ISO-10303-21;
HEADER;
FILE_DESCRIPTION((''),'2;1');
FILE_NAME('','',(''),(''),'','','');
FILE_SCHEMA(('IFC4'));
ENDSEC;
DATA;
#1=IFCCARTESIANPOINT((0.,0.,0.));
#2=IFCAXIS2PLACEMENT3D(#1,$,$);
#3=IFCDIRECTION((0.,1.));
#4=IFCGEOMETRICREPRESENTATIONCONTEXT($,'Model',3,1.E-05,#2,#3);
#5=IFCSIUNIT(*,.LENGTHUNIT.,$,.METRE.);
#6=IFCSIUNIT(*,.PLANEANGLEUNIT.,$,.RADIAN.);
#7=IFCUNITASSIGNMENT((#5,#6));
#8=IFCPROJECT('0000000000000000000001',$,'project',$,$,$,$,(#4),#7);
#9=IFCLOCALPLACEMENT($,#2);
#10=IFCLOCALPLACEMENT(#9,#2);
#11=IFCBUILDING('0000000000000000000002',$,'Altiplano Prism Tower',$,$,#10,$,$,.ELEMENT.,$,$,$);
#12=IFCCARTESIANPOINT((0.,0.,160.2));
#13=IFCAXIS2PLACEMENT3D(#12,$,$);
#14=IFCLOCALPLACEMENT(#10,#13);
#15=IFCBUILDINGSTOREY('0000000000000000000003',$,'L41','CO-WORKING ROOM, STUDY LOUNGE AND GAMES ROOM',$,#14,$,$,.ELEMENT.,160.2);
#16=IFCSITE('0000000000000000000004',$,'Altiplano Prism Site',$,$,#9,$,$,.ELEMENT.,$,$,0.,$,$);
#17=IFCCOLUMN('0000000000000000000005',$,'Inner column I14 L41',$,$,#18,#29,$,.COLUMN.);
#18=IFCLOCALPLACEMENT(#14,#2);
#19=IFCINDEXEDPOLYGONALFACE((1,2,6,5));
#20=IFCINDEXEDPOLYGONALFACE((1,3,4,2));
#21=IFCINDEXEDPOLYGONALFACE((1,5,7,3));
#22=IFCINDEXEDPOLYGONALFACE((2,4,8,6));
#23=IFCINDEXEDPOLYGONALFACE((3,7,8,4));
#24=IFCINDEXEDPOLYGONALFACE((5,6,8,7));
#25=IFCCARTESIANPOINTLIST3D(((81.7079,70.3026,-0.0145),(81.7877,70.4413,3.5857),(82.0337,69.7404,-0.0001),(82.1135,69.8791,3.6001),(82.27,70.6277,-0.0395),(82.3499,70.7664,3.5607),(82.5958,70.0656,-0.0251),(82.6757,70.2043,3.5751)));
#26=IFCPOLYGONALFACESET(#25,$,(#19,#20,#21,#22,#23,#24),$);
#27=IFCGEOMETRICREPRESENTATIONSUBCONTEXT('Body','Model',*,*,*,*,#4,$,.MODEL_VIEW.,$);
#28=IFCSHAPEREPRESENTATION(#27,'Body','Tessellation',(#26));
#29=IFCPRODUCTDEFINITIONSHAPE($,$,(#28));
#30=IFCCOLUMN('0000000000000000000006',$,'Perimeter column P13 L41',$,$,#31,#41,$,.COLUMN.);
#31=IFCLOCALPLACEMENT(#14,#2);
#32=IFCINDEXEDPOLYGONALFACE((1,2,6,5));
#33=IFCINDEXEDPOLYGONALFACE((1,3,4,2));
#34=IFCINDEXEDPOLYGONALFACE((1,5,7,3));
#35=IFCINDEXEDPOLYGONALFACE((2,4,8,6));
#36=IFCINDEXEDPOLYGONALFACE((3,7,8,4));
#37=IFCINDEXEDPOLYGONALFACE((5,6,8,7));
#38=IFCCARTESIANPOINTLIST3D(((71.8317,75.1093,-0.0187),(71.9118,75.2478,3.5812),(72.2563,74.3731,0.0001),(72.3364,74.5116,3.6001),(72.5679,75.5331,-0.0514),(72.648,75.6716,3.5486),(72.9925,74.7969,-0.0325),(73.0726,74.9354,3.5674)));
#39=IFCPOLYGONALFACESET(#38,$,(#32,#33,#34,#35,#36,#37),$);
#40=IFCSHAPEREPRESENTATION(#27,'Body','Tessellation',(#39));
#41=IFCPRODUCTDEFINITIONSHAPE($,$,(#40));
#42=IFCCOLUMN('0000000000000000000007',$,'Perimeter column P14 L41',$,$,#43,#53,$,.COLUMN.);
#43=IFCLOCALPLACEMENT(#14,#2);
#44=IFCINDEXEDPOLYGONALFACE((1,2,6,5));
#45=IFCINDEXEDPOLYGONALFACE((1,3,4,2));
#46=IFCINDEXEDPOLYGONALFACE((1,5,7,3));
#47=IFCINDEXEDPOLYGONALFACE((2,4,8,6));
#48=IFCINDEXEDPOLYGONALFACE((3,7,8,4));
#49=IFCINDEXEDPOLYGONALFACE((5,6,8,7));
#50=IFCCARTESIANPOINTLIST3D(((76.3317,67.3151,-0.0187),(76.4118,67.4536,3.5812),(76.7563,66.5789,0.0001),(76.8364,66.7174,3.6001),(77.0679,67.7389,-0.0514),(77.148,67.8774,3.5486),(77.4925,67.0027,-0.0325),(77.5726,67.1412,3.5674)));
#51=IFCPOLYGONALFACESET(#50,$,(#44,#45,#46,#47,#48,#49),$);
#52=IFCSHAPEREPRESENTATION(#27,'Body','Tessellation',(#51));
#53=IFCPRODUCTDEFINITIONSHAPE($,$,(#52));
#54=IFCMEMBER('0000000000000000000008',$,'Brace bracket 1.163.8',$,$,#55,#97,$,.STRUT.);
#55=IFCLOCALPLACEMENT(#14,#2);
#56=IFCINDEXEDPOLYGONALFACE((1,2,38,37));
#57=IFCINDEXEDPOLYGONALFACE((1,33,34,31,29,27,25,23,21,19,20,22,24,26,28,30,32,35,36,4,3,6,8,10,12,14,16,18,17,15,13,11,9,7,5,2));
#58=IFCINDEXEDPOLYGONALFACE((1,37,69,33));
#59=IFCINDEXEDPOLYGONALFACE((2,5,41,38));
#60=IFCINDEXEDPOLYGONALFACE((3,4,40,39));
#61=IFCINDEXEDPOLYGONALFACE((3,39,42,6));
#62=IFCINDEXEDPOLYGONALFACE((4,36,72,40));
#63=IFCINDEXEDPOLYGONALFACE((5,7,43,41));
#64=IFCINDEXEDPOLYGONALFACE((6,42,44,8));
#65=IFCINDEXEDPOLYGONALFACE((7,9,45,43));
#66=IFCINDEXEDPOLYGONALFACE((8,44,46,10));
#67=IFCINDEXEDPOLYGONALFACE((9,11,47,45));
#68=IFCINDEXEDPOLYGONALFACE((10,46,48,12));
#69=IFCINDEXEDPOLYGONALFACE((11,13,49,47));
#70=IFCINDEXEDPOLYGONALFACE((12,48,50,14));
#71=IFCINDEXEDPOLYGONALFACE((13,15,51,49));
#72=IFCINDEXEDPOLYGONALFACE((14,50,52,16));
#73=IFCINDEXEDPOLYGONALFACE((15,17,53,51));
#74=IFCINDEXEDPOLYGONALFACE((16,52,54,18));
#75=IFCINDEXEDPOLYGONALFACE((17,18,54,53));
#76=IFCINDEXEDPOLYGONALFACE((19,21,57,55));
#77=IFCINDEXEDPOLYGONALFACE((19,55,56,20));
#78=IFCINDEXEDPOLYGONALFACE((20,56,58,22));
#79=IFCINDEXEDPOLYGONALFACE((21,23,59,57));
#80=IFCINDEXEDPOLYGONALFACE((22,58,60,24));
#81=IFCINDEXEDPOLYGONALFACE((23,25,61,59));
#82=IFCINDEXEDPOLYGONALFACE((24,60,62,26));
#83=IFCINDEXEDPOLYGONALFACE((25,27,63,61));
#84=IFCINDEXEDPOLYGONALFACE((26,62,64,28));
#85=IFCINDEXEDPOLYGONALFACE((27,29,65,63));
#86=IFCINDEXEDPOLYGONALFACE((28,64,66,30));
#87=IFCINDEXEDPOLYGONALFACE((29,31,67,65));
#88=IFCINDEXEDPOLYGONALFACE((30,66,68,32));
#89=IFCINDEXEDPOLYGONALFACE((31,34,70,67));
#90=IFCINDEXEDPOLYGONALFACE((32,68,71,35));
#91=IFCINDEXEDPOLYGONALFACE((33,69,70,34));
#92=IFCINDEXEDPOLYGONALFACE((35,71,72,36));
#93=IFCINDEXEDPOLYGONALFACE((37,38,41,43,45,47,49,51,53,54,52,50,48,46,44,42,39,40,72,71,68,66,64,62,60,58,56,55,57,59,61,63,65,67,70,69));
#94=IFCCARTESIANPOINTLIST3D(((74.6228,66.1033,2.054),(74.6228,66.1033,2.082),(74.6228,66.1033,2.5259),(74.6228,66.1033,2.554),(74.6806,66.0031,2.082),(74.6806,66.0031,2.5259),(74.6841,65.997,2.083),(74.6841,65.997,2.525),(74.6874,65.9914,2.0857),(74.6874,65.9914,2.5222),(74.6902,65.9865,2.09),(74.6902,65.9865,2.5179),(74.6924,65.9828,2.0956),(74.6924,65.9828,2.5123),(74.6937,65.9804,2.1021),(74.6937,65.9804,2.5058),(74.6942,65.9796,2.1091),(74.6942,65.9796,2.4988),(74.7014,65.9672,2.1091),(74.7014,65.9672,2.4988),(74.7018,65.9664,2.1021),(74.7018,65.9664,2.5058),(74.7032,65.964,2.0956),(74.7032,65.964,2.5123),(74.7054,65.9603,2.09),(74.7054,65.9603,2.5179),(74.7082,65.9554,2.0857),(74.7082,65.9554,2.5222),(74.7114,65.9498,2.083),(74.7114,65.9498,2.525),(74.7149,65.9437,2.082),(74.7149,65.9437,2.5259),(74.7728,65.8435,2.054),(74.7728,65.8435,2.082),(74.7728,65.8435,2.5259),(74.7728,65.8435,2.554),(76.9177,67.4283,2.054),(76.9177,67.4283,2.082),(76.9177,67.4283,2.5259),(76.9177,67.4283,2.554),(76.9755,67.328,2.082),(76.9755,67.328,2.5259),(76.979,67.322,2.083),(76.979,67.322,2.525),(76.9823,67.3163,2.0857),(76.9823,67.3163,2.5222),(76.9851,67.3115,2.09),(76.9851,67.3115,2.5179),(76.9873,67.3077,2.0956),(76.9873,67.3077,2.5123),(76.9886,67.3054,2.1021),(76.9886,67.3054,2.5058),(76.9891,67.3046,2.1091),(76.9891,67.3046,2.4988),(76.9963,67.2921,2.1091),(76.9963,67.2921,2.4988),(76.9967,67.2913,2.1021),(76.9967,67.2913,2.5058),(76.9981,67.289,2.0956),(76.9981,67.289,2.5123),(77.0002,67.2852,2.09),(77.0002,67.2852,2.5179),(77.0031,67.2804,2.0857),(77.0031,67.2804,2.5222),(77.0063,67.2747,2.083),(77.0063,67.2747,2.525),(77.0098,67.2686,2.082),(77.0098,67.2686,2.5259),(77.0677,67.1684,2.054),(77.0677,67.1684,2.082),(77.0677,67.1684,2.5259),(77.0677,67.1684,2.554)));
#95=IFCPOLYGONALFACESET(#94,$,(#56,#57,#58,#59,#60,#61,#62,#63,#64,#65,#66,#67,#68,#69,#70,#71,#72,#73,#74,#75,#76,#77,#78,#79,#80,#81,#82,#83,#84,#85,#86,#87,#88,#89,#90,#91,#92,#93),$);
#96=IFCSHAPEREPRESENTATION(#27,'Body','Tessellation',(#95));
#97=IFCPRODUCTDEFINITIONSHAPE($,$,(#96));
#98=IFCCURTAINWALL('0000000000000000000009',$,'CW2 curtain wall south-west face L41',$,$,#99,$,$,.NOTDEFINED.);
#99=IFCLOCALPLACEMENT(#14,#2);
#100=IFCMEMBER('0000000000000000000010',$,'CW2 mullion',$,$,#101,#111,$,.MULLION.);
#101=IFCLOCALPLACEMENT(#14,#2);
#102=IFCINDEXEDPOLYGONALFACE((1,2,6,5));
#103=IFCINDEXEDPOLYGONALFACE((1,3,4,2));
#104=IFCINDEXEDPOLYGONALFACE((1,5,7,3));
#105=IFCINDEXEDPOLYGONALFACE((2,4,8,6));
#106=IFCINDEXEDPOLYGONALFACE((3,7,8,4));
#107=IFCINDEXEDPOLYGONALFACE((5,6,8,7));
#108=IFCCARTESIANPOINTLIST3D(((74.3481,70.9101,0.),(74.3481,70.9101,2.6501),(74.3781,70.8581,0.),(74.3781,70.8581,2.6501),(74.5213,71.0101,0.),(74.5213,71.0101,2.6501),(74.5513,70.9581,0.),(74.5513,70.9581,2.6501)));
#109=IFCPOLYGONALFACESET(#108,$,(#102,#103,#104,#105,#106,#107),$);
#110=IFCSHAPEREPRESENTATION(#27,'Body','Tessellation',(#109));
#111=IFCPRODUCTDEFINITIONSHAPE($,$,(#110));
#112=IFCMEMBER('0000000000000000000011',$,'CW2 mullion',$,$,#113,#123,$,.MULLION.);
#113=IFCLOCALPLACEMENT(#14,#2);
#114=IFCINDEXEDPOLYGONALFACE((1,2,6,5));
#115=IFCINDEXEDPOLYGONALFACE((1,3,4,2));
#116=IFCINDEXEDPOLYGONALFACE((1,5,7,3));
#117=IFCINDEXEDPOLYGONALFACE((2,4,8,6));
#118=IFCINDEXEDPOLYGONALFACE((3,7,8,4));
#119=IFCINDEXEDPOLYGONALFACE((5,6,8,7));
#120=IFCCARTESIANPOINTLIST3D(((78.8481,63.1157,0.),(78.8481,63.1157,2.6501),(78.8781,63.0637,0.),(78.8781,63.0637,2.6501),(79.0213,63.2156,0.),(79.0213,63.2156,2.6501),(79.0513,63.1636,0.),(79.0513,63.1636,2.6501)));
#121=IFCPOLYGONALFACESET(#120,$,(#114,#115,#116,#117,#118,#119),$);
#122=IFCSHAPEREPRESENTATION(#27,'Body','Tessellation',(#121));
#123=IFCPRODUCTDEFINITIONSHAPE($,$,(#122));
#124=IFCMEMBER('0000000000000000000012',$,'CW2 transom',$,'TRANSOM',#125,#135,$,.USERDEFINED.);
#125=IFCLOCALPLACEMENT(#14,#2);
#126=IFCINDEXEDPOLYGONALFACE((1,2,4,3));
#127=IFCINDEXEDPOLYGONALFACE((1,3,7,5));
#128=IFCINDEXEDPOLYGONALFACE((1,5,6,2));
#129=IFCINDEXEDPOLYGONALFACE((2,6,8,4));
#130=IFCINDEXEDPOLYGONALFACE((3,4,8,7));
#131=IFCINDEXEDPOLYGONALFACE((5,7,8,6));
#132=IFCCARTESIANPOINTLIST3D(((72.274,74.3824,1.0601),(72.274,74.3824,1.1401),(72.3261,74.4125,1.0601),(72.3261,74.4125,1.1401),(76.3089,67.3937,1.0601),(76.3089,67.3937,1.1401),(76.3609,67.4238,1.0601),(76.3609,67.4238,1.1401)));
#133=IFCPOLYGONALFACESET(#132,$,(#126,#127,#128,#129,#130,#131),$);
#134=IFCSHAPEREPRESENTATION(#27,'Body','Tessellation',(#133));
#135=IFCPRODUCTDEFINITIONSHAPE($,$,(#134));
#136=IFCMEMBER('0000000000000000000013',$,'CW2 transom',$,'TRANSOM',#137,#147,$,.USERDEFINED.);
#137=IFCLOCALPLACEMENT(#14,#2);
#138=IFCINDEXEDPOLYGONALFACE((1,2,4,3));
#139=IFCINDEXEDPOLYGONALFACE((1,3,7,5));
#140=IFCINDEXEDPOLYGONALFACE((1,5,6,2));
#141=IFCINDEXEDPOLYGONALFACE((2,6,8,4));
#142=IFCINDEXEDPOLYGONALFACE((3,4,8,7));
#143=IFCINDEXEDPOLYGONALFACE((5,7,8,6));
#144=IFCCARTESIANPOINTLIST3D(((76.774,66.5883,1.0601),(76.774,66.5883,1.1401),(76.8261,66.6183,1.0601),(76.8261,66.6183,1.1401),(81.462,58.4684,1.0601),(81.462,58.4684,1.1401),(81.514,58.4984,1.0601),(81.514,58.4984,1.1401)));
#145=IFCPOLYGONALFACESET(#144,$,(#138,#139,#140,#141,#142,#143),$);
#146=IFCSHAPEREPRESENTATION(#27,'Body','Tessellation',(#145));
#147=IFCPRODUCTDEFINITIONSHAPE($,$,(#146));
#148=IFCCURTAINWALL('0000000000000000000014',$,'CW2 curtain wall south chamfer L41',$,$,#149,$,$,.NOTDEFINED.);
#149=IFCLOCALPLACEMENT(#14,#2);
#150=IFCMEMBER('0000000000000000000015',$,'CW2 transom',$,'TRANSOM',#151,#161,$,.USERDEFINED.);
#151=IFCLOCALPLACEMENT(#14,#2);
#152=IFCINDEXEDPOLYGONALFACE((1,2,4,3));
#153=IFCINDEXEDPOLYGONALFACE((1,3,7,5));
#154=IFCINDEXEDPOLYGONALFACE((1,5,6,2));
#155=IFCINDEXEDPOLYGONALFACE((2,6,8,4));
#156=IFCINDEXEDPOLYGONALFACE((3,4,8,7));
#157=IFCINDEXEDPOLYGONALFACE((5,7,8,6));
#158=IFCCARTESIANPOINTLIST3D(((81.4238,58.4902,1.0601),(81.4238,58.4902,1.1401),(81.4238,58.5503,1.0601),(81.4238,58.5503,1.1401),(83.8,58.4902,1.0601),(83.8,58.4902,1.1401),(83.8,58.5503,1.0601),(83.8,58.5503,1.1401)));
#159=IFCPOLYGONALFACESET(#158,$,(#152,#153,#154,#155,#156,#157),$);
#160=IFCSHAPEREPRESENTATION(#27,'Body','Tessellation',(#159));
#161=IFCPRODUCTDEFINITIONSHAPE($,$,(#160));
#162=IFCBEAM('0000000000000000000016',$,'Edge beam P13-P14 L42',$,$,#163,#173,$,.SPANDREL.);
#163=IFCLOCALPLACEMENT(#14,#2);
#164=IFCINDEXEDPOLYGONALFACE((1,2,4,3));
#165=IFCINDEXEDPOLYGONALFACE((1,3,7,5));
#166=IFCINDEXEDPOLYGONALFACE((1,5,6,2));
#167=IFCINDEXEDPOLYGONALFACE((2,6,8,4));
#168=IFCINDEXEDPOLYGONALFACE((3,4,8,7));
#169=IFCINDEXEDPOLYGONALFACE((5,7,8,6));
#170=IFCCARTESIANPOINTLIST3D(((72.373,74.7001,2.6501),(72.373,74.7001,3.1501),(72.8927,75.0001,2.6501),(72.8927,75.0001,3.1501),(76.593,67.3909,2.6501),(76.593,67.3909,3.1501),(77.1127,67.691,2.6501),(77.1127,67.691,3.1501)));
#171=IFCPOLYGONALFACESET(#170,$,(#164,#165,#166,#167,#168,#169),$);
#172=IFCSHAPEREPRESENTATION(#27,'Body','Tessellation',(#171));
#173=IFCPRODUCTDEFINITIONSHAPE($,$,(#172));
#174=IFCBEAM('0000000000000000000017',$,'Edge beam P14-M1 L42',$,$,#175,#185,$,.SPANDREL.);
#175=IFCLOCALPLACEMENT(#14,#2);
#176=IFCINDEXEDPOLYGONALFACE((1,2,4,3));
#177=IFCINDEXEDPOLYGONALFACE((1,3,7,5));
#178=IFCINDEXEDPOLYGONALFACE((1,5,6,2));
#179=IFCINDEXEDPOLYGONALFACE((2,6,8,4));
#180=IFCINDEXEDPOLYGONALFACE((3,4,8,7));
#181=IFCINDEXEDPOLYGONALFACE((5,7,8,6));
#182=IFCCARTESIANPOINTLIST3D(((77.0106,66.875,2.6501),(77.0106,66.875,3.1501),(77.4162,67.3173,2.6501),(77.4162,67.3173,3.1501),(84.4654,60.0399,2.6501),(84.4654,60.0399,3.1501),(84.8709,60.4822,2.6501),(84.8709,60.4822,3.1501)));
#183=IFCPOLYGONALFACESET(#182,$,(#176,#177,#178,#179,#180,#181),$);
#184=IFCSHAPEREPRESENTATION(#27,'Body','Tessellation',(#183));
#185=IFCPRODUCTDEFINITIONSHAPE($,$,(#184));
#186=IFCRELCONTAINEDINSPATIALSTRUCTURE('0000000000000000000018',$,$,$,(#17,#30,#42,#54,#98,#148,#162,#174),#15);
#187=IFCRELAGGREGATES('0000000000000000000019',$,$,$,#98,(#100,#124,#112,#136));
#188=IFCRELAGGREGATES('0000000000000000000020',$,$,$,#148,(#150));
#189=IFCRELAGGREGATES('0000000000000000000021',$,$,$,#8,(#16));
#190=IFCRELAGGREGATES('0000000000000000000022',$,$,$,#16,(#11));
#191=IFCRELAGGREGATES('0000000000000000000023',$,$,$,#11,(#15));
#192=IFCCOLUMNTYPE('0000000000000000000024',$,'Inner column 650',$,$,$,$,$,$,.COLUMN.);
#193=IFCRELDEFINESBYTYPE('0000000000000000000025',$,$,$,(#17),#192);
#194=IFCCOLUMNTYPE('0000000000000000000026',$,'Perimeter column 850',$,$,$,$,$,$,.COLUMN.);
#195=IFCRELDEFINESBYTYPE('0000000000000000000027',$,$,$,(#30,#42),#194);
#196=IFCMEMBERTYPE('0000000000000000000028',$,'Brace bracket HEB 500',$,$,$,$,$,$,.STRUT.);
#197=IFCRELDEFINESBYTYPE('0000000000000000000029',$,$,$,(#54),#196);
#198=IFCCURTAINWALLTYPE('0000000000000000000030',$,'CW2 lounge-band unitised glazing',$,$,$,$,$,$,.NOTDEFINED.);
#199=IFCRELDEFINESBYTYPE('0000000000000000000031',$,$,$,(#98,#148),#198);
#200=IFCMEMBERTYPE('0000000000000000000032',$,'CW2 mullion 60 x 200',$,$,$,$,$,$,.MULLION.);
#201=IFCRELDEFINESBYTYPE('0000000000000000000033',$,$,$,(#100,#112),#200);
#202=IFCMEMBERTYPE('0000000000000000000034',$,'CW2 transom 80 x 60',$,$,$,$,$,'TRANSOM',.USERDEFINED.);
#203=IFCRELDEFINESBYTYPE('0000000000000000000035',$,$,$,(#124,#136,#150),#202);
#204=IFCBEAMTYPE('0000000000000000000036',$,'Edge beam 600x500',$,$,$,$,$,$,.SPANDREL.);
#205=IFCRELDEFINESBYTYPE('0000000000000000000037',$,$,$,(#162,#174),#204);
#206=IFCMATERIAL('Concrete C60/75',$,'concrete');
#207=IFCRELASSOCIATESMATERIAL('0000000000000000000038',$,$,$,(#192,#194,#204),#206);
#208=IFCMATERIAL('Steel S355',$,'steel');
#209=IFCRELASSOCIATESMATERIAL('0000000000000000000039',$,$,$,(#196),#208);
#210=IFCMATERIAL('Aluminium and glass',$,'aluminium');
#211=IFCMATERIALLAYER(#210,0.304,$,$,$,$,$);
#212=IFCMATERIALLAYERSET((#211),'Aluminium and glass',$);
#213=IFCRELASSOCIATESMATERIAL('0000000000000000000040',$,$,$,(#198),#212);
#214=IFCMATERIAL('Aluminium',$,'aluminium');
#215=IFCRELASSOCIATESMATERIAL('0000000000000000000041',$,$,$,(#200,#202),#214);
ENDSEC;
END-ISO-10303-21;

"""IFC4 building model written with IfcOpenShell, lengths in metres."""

from ifc_helpers import new_model, si_unit, direction, frame, origin, origin_2d, place, context, subcontext, project, spatial, rectangle, i_section, extrude, material, layer, layer_set, material_profile, profile_set, type_object, element, aggregate, save


model = new_model("IFC4")

# Units and contexts
model_context = context("Model", 3, precision=1e-05, world=origin(), true_north=direction((0.0, 1.0)))
body_context = subcontext(model_context, "Body", "Model", "MODEL_VIEW")
ifc_project = project(units=[si_unit("LENGTHUNIT", "METRE"), si_unit("PLANEANGLEUNIT", "RADIAN")], contexts=[model_context])

# Site, building, storey
site_placement = place(None, origin())
site = spatial("IfcSite", under=ifc_project, at=site_placement, Name="Altiplano Prism Site", CompositionType="ELEMENT", RefElevation=0.0)
building_placement = place(site_placement, origin())
building = spatial("IfcBuilding", under=site, at=building_placement, Name="Altiplano Prism Tower", CompositionType="ELEMENT")
storey_placement = place(building_placement, frame((0.0, 0.0, 160.2)))
storey = spatial("IfcBuildingStorey", under=building, at=storey_placement, Name="L41", Description="CO-WORKING ROOM, STUDY LOUNGE AND GAMES ROOM", CompositionType="ELEMENT", Elevation=160.2)

# Columns
ifc_material_1 = material(Name="Concrete C60/75", Category="concrete")
ifc_material_profile_1 = material_profile(ifc_material_1, rectangle(XDim=0.6499, YDim=0.6499, at=origin_2d()), Name="Inner column 650")
ifc_profile_set_1 = profile_set([ifc_material_profile_1], Name="Concrete C60/75")
column_type_1 = type_object("IfcColumnType", Name="Inner column 650", PredefinedType="COLUMN", material=ifc_profile_set_1)
column_placement = place(storey_placement, frame((82.1519, 70.1841, -0.0198), z_axis=(0.022154, 0.038481, 0.999014), x_axis=(-0.864982, -0.500327, 0.038453)))
element("IfcColumn", 1, at=column_placement, inside=storey, type_object=column_type_1, Name="Inner column I14 L41", PredefinedType="COLUMN", context=body_context, shape_type="SweptSolid", body=[
    extrude(rectangle(XDim=0.6499, YDim=0.6499, at=origin_2d()), origin(), (0.0, 0.0, 1.0), 3.6038),
])
ifc_material_profile_2 = material_profile(ifc_material_1, rectangle(XDim=0.8501, YDim=0.8501, at=origin_2d()), Name="Perimeter column 850")
ifc_profile_set_2 = profile_set([ifc_material_profile_2], Name="Concrete C60/75")
column_type_2 = type_object("IfcColumnType", Name="Perimeter column 850", PredefinedType="COLUMN", material=ifc_profile_set_2)
for number, where, z_axis, x_axis, name in (
    (2, (72.4121, 74.9531, -0.0256), (0.022223, 0.038416, 0.999015), (-0.866024, -0.498523, 0.038435), "Perimeter column P13 L41"),
    (3, (76.9121, 67.1589, -0.0256), (0.022223, 0.038416, 0.999015), (-0.866024, -0.498523, 0.038435), "Perimeter column P14 L41"),
):
    element("IfcColumn", number, at=place(storey_placement, frame(where, z_axis=z_axis, x_axis=x_axis)), inside=storey, type_object=column_type_2, Name=name, PredefinedType="COLUMN", context=body_context, shape_type="SweptSolid", body=[
        extrude(rectangle(XDim=0.8501, YDim=0.8501, at=origin_2d()), origin(), (0.0, 0.0, 1.0), 3.6035),
    ])

# Member
ifc_material_2 = material(Name="Steel S355", Category="steel")
ifc_material_profile_3 = material_profile(ifc_material_2, i_section(OverallWidth=0.3, OverallDepth=0.5, WebThickness=0.0144, FlangeThickness=0.0281, FilletRadius=0.0271, at=origin_2d()), Name="Brace bracket HEB 500")
ifc_profile_set_3 = profile_set([ifc_material_profile_3], Name="Steel S355")
member_type_1 = type_object("IfcMemberType", Name="Brace bracket HEB 500", PredefinedType="STRUT", material=ifc_profile_set_3)
member_1_placement = place(storey_placement, frame((76.9927, 67.2983, 2.304), z_axis=(-0.866029, -0.499994, 0.0), x_axis=(0.499994, -0.866029, 0.0)))
element("IfcMember", 4, at=member_1_placement, inside=storey, type_object=member_type_1, Name="Brace bracket 1.163.8", PredefinedType="STRUT", context=body_context, shape_type="SweptSolid", body=[
    extrude(i_section(OverallWidth=0.3, OverallDepth=0.5, WebThickness=0.0144, FlangeThickness=0.0281, FilletRadius=0.0271, at=origin_2d()), origin(), (0.0, 0.0, 1.0), 2.6499),
])

# Curtain wall, members
ifc_material_3 = material(Name="Aluminium and glass", Category="aluminium")
ifc_layer_1 = layer(ifc_material_3, 0.304)
ifc_layer_set_1 = layer_set([ifc_layer_1], Name="Aluminium and glass")
curtain_wall_type = type_object("IfcCurtainWallType", Name="CW2 lounge-band unitised glazing", PredefinedType="NOTDEFINED", material=ifc_layer_set_1)
curtain_wall_1_placement = place(storey_placement, origin())
curtain_wall_1 = element("IfcCurtainWall", 5, at=curtain_wall_1_placement, inside=storey, type_object=curtain_wall_type, Name="CW2 curtain wall south-west face L41", PredefinedType="NOTDEFINED")
ifc_material_4 = material(Name="Aluminium", Category="aluminium")
ifc_material_profile_4 = material_profile(ifc_material_4, rectangle(XDim=0.2, YDim=0.0601, at=origin_2d()), Name="CW2 mullion 60 x 200")
ifc_profile_set_4 = profile_set([ifc_material_profile_4], Name="Aluminium")
member_type_2 = type_object("IfcMemberType", Name="CW2 mullion 60 x 200", PredefinedType="MULLION", material=ifc_profile_set_4)
member_2_placement = place(storey_placement, frame((74.4497, 70.9341, 0.0), z_axis=(0.0, 0.0, 1.0), x_axis=(0.866025, 0.5, 0.0)))
member_2 = element("IfcMember", 6, at=member_2_placement, type_object=member_type_2, Name="CW2 mullion", PredefinedType="MULLION", context=body_context, shape_type="SweptSolid", body=[
    extrude(rectangle(XDim=0.2, YDim=0.0601, at=origin_2d()), origin(), (0.0, 0.0, 1.0), 2.6501),
])
member_3_placement = place(storey_placement, frame((78.9497, 63.1396, 0.0), z_axis=(0.0, 0.0, 1.0), x_axis=(0.866025, 0.5, 0.0)))
member_3 = element("IfcMember", 7, at=member_3_placement, type_object=member_type_2, Name="CW2 mullion", PredefinedType="MULLION", context=body_context, shape_type="SweptSolid", body=[
    extrude(rectangle(XDim=0.2, YDim=0.0601, at=origin_2d()), origin(), (0.0, 0.0, 1.0), 2.6501),
])
ifc_material_profile_5 = material_profile(ifc_material_4, rectangle(XDim=0.0601, YDim=0.0801, at=origin_2d()), Name="CW2 transom 80 x 60")
ifc_profile_set_5 = profile_set([ifc_material_profile_5], Name="Aluminium")
member_type_3 = type_object("IfcMemberType", Name="CW2 transom 80 x 60", ElementType="TRANSOM", PredefinedType="USERDEFINED", material=ifc_profile_set_5)
member_4_placement = place(storey_placement, frame((72.3, 74.3975, 1.1001), z_axis=(0.499995, -0.866028, 0.0), x_axis=(0.866028, 0.499995, 0.0)))
member_4 = element("IfcMember", 8, at=member_4_placement, type_object=member_type_3, Name="CW2 transom", ObjectType="TRANSOM", PredefinedType="USERDEFINED", context=body_context, shape_type="SweptSolid", body=[
    extrude(rectangle(XDim=0.0601, YDim=0.0801, at=origin_2d()), origin(), (0.0, 0.0, 1.0), 8.0698),
])
member_5_placement = place(storey_placement, frame((76.8, 66.6033, 1.1001), z_axis=(0.499998, -0.866026, 0.0), x_axis=(0.866026, 0.499998, 0.0)))
member_5 = element("IfcMember", 9, at=member_5_placement, type_object=member_type_3, Name="CW2 transom", ObjectType="TRANSOM", PredefinedType="USERDEFINED", context=body_context, shape_type="SweptSolid", body=[
    extrude(rectangle(XDim=0.0601, YDim=0.0801, at=origin_2d()), origin(), (0.0, 0.0, 1.0), 9.376),
])

# Curtain wall, member
curtain_wall_2_placement = place(storey_placement, origin())
curtain_wall_2 = element("IfcCurtainWall", 10, at=curtain_wall_2_placement, inside=storey, type_object=curtain_wall_type, Name="CW2 curtain wall south chamfer L41", PredefinedType="NOTDEFINED")
member_6_placement = place(storey_placement, frame((81.4238, 58.5203, 1.1001), z_axis=(1.0, 0.0, 0.0), x_axis=(0.0, 1.0, 0.0)))
member_6 = element("IfcMember", 11, at=member_6_placement, type_object=member_type_3, Name="CW2 transom", ObjectType="TRANSOM", PredefinedType="USERDEFINED", context=body_context, shape_type="SweptSolid", body=[
    extrude(rectangle(XDim=0.0601, YDim=0.0801, at=origin_2d()), origin(), (0.0, 0.0, 1.0), 2.3762),
])

# Beams
ifc_material_profile_6 = material_profile(ifc_material_1, rectangle(XDim=0.6001, YDim=0.5, at=origin_2d()), Name="Edge beam 600x500")
ifc_profile_set_6 = profile_set([ifc_material_profile_6], Name="Concrete C60/75")
beam_type_1 = type_object("IfcBeamType", Name="Edge beam 600x500", PredefinedType="SPANDREL", material=ifc_profile_set_6)
beam_1_placement = place(storey_placement, frame((72.6328, 74.8501, 2.9001), z_axis=(0.500006, -0.866022, 0.0), x_axis=(0.866022, 0.500006, 0.0)))
element("IfcBeam", 12, at=beam_1_placement, inside=storey, type_object=beam_type_1, Name="Edge beam P13-P14 L42", PredefinedType="SPANDREL", context=body_context, shape_type="SweptSolid", body=[
    extrude(rectangle(XDim=0.6001, YDim=0.5, at=origin_2d()), origin(), (0.0, 0.0, 1.0), 8.4399),
])
beam_2_placement = place(storey_placement, frame((77.2134, 67.0962, 2.9001), z_axis=(0.737075, -0.675811, 0.0), x_axis=(0.675811, 0.737075, 0.0)))
element("IfcBeam", 13, at=beam_2_placement, inside=storey, type_object=beam_type_1, Name="Edge beam P14-M1 L42", PredefinedType="SPANDREL", context=body_context, shape_type="SweptSolid", body=[
    extrude(rectangle(XDim=0.6001, YDim=0.5, at=origin_2d()), origin(), (0.0, 0.0, 1.0), 10.114),
])

aggregate(curtain_wall_1, [member_2, member_4, member_3, member_5])
aggregate(curtain_wall_2, [member_6])

save(model, "model.ifc")
